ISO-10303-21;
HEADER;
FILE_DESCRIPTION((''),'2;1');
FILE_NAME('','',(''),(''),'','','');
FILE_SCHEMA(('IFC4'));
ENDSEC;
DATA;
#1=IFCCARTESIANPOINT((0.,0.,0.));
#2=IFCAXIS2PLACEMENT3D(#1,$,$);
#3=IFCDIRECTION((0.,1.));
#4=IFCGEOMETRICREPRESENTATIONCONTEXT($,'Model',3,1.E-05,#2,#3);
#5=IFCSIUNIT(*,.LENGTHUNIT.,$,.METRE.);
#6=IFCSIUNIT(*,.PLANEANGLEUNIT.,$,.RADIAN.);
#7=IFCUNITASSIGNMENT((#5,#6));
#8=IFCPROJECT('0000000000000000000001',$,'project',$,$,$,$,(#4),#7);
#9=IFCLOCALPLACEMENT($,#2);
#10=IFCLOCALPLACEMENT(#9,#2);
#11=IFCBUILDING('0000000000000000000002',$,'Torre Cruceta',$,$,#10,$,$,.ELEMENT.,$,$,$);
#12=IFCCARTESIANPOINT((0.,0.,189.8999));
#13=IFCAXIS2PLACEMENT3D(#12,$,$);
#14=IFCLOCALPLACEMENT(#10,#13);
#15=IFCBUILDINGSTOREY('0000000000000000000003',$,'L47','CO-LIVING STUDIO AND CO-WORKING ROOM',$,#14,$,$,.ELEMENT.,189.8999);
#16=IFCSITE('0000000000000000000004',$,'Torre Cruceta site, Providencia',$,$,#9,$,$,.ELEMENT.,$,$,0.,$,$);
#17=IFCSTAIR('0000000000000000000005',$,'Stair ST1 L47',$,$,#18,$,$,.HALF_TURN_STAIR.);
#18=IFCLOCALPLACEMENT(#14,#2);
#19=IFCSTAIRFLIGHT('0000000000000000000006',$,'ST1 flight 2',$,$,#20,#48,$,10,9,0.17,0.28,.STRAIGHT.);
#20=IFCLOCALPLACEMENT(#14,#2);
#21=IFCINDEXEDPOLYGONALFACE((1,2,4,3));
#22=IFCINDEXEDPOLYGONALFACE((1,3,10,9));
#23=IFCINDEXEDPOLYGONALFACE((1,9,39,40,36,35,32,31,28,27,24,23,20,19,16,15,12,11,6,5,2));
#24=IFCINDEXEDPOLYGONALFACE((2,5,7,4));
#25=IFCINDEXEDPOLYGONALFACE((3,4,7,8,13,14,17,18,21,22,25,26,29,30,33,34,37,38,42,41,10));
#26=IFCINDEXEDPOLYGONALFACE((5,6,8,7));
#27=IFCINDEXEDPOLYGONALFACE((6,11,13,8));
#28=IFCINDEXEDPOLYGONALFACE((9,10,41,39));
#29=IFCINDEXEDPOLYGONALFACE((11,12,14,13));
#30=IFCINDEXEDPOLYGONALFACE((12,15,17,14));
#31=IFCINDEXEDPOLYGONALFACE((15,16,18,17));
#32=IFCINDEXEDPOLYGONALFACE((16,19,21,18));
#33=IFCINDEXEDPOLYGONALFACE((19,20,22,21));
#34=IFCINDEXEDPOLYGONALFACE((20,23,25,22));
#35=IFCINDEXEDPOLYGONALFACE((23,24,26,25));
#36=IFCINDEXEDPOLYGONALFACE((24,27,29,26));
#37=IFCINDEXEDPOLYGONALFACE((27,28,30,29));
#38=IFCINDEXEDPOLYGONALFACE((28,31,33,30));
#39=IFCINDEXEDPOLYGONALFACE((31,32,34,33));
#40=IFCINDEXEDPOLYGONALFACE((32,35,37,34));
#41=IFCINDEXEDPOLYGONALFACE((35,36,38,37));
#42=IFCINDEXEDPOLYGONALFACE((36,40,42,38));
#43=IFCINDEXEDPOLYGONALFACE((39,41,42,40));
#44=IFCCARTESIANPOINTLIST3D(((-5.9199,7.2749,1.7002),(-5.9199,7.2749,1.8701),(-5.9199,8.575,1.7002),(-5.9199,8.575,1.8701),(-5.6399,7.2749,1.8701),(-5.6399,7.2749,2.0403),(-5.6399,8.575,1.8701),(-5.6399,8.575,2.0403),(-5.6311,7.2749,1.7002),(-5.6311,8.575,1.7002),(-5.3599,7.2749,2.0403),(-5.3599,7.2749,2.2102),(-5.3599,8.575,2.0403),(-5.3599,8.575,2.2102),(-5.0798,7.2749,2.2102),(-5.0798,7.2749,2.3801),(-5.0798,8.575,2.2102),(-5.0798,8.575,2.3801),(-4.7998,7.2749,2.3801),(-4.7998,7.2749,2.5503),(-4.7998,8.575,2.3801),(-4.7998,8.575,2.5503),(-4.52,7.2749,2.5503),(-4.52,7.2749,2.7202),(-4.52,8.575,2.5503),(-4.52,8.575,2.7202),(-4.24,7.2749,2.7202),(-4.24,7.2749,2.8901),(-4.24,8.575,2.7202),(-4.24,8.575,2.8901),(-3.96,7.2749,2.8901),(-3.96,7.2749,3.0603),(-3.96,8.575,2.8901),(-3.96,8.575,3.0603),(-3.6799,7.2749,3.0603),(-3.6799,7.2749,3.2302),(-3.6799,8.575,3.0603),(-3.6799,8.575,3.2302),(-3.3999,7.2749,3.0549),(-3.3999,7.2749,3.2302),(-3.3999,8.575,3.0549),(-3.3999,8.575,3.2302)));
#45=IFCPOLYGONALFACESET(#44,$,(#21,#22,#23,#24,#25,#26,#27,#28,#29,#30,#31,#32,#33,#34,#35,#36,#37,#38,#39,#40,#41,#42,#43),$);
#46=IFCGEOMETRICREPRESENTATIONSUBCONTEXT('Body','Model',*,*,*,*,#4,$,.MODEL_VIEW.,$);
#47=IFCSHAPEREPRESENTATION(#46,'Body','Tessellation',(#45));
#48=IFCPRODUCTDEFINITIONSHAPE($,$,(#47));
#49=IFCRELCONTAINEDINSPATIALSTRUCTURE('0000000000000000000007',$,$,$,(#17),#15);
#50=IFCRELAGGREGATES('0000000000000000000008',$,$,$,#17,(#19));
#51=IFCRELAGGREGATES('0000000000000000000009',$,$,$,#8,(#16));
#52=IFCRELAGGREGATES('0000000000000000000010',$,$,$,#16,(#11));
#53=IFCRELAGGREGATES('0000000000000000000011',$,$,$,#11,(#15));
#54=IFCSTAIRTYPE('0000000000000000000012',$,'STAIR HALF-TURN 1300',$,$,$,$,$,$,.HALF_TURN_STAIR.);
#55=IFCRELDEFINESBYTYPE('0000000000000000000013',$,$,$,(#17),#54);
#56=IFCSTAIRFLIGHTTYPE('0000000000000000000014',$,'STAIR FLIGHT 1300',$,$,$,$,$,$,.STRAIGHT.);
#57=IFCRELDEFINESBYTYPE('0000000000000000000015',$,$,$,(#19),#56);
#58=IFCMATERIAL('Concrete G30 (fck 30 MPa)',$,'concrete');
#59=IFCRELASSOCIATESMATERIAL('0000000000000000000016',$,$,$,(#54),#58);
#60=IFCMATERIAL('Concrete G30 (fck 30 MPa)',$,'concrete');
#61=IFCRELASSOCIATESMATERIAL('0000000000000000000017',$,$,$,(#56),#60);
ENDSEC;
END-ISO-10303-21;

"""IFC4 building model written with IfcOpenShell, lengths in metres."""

from ifc_helpers import new_model, si_unit, direction, frame, origin, place, context, subcontext, project, spatial, polyline, outline, extrude, material, type_object, element, aggregate, save


model = new_model("IFC4")

# Units and contexts
model_context = context("Model", 3, precision=1e-05, world=origin(), true_north=direction((0.0, 1.0)))
body_context = subcontext(model_context, "Body", "Model", "MODEL_VIEW")
ifc_project = project(units=[si_unit("LENGTHUNIT", "METRE"), si_unit("PLANEANGLEUNIT", "RADIAN")], contexts=[model_context])

# Site, building, storey
site_placement = place(None, origin())
site = spatial("IfcSite", under=ifc_project, at=site_placement, Name="Torre Cruceta site, Providencia", CompositionType="ELEMENT", RefElevation=0.0)
building_placement = place(site_placement, origin())
building = spatial("IfcBuilding", under=site, at=building_placement, Name="Torre Cruceta", CompositionType="ELEMENT")
storey_placement = place(building_placement, frame((0.0, 0.0, 189.8999)))
storey = spatial("IfcBuildingStorey", under=building, at=storey_placement, Name="L47", Description="CO-LIVING STUDIO AND CO-WORKING ROOM", CompositionType="ELEMENT", Elevation=189.8999)

# Stair, stair flight
ifc_material_1 = material(Name="Concrete G30 (fck 30 MPa)", Category="concrete")
stair_type = type_object("IfcStairType", Name="STAIR HALF-TURN 1300", PredefinedType="HALF_TURN_STAIR", material=ifc_material_1)
stair_placement = place(storey_placement, origin())
stair = element("IfcStair", 1, at=stair_placement, inside=storey, type_object=stair_type, Name="Stair ST1 L47", PredefinedType="HALF_TURN_STAIR")
ifc_material_2 = material(Name="Concrete G30 (fck 30 MPa)", Category="concrete")
stair_flight_type = type_object("IfcStairFlightType", Name="STAIR FLIGHT 1300", PredefinedType="STRAIGHT", material=ifc_material_2)
stair_flight_placement = place(storey_placement, frame((-5.9199, 7.925, 1.7002), z_axis=(0.0, 0.0, 1.0), x_axis=(1.0, 0.0, 0.0)))
stair_flight = element("IfcStairFlight", 2, at=stair_flight_placement, type_object=stair_flight_type, Name="ST1 flight 2", NumberOfRisers=10, NumberOfTreads=9, PredefinedType="STRAIGHT", RiserHeight=0.17, TreadLength=0.28, context=body_context, shape_type="SweptSolid", body=[
    extrude(outline(polyline([(0.0, 0.0), (0.0, 0.1699), (0.28, 0.1699), (0.28, 0.3401), (0.5601, 0.3401), (0.5601, 0.51), (0.8401, 0.51), (0.8401, 0.6799), (1.1201, 0.6799), (1.1201, 0.8501), (1.3999, 0.8501), (1.3999, 1.02), (1.6799, 1.02), (1.6799, 1.1899), (1.96, 1.1899), (1.96, 1.3601), (2.24, 1.3601), (2.24, 1.53), (2.52, 1.53), (2.52, 1.7), (2.52, 1.3547), (0.2888, 0.0), (0.0, 0.0)])), frame((0.0, 0.6499, 0.0), z_axis=(0.0, -1.0, 0.0), x_axis=(1.0, 0.0, 0.0)), (0.0, 0.0, 1.0), 1.3),
])
aggregate(stair, [stair_flight])

save(model, "model.ifc")
